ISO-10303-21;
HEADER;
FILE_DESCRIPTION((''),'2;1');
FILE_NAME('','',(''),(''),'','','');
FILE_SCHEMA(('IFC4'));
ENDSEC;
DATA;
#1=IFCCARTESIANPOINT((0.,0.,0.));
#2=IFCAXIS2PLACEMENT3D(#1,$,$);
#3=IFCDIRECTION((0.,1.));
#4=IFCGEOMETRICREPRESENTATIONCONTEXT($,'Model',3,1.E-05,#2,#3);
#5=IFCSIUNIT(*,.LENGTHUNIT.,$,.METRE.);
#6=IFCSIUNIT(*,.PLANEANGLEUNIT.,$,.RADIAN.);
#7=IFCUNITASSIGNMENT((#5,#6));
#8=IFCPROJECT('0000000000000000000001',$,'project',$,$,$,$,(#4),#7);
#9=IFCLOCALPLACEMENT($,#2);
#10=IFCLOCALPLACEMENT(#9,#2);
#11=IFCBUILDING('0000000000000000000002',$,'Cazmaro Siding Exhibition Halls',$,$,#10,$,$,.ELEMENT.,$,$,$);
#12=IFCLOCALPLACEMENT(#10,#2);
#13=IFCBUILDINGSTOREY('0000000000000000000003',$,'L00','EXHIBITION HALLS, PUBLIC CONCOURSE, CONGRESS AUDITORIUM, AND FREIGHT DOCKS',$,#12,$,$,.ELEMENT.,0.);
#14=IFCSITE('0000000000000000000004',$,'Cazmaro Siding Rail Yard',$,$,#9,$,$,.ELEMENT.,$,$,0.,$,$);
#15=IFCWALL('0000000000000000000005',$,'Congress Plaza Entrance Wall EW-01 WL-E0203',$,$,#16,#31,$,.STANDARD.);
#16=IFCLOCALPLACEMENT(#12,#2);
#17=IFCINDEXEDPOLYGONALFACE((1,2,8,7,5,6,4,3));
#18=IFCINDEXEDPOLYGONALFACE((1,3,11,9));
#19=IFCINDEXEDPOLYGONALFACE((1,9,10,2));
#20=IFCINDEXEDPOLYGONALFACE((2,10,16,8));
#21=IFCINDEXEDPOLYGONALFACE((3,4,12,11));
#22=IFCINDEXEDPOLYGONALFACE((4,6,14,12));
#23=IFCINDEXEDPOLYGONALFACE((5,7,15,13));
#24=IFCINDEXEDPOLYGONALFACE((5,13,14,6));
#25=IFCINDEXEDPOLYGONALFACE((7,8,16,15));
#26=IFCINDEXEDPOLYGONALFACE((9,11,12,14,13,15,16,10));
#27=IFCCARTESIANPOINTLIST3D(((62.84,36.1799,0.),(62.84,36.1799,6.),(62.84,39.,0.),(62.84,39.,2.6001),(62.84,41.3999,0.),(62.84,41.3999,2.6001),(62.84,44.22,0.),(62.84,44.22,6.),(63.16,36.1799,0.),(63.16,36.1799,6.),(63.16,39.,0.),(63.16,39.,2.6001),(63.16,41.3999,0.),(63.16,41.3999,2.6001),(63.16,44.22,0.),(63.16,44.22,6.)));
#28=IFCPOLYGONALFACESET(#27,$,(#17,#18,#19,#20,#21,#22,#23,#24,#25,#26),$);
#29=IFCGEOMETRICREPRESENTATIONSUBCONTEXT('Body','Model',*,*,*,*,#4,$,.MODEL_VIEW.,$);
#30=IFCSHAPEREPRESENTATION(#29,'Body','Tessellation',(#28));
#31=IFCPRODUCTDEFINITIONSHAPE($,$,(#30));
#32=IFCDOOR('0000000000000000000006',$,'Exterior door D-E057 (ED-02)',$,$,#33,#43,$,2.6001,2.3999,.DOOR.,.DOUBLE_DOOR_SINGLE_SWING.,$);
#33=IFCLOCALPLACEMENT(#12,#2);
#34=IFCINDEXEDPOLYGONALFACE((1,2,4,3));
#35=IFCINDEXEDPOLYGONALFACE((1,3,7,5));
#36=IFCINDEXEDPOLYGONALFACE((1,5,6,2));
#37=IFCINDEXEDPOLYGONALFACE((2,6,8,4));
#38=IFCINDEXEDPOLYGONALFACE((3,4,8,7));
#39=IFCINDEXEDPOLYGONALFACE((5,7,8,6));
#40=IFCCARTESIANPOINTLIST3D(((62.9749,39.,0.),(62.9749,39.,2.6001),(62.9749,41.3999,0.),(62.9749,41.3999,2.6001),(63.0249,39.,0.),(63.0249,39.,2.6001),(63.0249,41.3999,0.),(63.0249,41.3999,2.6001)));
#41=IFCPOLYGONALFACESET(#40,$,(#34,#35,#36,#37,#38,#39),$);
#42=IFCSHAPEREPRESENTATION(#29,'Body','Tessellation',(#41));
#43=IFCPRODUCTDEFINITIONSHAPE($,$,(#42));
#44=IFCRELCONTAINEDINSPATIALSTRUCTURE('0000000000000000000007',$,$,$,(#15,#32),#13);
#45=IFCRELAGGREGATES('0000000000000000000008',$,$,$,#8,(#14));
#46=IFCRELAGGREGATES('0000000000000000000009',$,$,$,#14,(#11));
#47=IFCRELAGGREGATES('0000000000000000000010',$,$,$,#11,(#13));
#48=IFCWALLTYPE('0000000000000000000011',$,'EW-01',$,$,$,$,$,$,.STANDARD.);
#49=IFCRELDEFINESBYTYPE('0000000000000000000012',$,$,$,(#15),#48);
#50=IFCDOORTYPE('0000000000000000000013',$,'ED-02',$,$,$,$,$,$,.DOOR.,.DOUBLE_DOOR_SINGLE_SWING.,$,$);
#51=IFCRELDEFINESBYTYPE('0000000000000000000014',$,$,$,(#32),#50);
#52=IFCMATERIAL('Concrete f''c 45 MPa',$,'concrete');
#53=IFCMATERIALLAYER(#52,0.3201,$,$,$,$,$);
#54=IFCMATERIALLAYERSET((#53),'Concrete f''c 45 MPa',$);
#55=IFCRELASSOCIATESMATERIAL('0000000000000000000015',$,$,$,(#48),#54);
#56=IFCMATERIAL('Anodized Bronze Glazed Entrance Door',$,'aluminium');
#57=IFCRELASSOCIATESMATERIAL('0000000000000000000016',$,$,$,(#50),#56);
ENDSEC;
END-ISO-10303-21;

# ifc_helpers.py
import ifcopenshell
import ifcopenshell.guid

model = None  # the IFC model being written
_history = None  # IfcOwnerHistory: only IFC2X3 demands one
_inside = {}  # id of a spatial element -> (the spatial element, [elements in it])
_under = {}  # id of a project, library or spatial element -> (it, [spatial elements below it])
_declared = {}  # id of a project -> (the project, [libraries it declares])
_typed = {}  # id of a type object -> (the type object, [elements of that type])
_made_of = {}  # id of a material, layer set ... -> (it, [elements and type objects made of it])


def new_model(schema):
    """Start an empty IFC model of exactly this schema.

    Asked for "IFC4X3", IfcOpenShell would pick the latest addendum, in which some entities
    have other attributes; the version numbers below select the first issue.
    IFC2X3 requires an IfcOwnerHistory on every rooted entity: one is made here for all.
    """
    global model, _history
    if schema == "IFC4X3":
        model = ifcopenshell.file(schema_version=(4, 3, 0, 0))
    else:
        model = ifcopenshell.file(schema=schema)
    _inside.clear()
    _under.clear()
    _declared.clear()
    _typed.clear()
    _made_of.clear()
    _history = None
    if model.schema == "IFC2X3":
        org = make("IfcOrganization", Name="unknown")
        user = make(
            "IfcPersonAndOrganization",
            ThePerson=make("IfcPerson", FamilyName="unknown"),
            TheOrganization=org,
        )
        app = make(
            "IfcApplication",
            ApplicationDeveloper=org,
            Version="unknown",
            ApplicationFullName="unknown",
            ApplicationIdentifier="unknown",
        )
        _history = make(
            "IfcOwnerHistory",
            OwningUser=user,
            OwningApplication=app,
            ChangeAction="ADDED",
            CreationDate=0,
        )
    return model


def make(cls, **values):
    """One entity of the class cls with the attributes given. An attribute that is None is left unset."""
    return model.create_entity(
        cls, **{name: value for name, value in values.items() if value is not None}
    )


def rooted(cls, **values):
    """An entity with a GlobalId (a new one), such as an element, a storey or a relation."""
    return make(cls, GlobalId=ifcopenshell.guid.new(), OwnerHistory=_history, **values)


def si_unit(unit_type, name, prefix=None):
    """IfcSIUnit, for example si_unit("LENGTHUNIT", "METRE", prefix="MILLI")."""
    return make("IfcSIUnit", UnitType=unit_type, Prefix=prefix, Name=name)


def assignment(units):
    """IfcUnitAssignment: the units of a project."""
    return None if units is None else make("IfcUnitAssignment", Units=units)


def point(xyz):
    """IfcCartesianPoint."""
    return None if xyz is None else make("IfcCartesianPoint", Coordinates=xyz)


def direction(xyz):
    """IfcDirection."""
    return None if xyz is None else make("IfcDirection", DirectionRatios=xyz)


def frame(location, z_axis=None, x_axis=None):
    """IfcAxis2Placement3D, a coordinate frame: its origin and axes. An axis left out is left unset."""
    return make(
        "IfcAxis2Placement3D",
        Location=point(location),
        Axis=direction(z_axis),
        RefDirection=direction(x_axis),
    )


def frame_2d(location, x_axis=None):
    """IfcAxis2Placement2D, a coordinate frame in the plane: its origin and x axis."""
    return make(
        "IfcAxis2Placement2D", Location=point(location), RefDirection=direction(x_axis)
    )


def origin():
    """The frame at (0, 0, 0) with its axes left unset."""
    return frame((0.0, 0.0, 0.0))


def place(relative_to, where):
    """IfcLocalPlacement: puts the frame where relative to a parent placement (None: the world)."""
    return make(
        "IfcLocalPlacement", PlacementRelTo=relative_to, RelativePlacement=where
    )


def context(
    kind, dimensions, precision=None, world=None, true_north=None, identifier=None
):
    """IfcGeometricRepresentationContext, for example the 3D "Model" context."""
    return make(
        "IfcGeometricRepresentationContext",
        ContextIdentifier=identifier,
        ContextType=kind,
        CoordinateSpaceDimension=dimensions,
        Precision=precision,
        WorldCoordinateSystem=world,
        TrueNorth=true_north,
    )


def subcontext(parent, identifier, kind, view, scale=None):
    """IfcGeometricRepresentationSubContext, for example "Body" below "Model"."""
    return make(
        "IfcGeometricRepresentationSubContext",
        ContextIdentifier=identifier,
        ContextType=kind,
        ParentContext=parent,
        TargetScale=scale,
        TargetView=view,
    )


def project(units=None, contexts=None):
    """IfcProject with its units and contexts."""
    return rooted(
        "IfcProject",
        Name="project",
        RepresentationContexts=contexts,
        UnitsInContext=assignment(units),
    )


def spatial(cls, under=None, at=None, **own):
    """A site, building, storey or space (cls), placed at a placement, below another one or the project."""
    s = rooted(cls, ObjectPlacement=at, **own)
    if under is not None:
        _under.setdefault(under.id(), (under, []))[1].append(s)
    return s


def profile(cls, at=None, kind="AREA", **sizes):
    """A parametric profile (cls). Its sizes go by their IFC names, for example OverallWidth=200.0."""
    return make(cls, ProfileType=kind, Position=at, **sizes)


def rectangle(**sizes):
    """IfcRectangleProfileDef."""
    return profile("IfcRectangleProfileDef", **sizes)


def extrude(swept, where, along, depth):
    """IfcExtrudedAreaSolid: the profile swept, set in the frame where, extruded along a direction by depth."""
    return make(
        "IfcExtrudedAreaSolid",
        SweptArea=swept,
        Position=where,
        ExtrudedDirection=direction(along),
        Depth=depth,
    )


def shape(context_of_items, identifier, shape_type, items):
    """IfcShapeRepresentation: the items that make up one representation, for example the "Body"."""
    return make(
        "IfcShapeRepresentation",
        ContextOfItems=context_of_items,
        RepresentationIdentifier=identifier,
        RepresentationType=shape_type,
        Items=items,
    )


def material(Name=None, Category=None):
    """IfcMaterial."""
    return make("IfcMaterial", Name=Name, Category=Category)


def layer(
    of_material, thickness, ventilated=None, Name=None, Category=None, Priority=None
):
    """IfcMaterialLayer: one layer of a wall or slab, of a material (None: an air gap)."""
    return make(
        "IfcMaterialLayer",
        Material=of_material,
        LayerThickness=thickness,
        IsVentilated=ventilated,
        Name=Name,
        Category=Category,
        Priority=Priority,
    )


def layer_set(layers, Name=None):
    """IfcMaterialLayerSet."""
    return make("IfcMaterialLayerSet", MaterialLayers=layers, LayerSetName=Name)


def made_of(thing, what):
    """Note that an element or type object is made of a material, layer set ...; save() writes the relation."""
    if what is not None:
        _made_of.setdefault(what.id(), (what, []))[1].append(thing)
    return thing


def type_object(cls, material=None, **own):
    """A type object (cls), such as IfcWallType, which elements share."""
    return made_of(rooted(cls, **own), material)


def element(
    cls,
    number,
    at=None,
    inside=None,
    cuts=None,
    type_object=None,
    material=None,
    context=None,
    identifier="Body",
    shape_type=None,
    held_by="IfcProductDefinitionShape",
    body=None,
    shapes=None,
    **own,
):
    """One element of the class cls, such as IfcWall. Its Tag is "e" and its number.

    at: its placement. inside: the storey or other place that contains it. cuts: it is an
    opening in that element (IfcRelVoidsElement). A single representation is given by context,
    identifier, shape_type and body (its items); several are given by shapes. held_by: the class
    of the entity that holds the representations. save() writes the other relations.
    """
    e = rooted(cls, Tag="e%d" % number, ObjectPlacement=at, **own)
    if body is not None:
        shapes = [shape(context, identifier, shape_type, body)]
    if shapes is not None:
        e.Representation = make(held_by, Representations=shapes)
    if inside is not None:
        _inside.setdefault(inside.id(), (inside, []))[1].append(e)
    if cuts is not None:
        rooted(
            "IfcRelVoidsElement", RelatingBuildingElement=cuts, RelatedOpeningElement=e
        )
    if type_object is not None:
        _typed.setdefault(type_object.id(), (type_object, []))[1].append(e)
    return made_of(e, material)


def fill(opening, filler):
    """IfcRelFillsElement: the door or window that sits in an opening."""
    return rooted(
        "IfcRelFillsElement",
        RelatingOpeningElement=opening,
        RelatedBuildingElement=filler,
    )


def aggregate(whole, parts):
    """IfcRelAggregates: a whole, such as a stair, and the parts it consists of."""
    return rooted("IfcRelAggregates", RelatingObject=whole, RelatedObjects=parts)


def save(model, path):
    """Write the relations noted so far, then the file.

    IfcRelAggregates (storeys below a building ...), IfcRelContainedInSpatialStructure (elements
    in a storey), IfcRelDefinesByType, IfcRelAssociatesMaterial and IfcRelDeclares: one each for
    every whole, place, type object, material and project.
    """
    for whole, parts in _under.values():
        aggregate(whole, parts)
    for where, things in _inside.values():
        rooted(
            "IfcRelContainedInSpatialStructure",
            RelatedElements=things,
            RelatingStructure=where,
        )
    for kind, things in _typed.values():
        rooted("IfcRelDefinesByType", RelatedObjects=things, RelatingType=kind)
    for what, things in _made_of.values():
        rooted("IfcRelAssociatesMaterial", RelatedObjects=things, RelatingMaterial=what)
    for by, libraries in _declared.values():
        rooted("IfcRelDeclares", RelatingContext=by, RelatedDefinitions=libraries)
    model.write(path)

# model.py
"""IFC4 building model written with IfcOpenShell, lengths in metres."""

from ifc_helpers import new_model, si_unit, direction, frame, frame_2d, origin, place, context, subcontext, project, spatial, rectangle, extrude, material, layer, layer_set, type_object, element, fill, save


model = new_model("IFC4")

# Units and contexts
model_context = context("Model", 3, precision=1e-05, world=origin(), true_north=direction((0.0, 1.0)))
body_context = subcontext(model_context, "Body", "Model", "MODEL_VIEW")
ifc_project = project(units=[si_unit("LENGTHUNIT", "METRE"), si_unit("PLANEANGLEUNIT", "RADIAN")], contexts=[model_context])

# Site, building, storey
site_placement = place(None, origin())
site = spatial("IfcSite", under=ifc_project, at=site_placement, Name="Cazmaro Siding Rail Yard", CompositionType="ELEMENT", RefElevation=0.0)
building_placement = place(site_placement, origin())
building = spatial("IfcBuilding", under=site, at=building_placement, Name="Cazmaro Siding Exhibition Halls", CompositionType="ELEMENT")
storey_placement = place(building_placement, origin())
storey = spatial("IfcBuildingStorey", under=building, at=storey_placement, Name="L00", Description="EXHIBITION HALLS, PUBLIC CONCOURSE, CONGRESS AUDITORIUM, AND FREIGHT DOCKS", CompositionType="ELEMENT", Elevation=0.0)

# Wall, opening, door
ifc_material_1 = material(Name="Concrete f'c 45 MPa", Category="concrete")
ifc_layer_1 = layer(ifc_material_1, 0.3201)
ifc_layer_set_1 = layer_set([ifc_layer_1], Name="Concrete f'c 45 MPa")
wall_type = type_object("IfcWallType", Name="EW-01", PredefinedType="STANDARD", material=ifc_layer_set_1)
ifc_material_2 = material(Name="Anodized Bronze Glazed Entrance Door", Category="aluminium")
door_type = type_object("IfcDoorType", Name="ED-02", OperationType="DOUBLE_DOOR_SINGLE_SWING", PredefinedType="DOOR", material=ifc_material_2)
wall_1_placement = place(storey_placement, frame((63.0, 44.22, 0.0), z_axis=(0.0, 0.0, 1.0), x_axis=(0.0, -1.0, 0.0)))
wall_1 = element("IfcWall", 1, at=wall_1_placement, inside=storey, type_object=wall_type, Name="Congress Plaza Entrance Wall EW-01 WL-E0203", PredefinedType="STANDARD", context=body_context, shape_type="SweptSolid", body=[
    extrude(rectangle(XDim=8.04, YDim=0.3201, at=frame_2d((4.02, 0.0))), origin(), (0.0, 0.0, 1.0), 6.0),
])
opening_1_placement = place(wall_1_placement, frame((2.8201, 0.0, 0.0)))
opening_1 = element("IfcOpeningElement", 2, at=opening_1_placement, cuts=wall_1, PredefinedType="OPENING", context=body_context, shape_type="SweptSolid", body=[
    extrude(rectangle(XDim=2.3999, YDim=2.6001, at=frame_2d((1.2, 1.3))), frame((0.0, 0.1699, 0.0), z_axis=(0.0, -1.0, 0.0), x_axis=(1.0, 0.0, 0.0)), (0.0, 0.0, 1.0), 0.3401),
])
door_1_placement = place(opening_1_placement, origin())
door_1 = element("IfcDoor", 3, at=door_1_placement, inside=storey, type_object=door_type, Name="Exterior door D-E057 (ED-02)", OperationType="DOUBLE_DOOR_SINGLE_SWING", OverallHeight=2.6001, OverallWidth=2.3999, PredefinedType="DOOR", context=body_context, shape_type="SweptSolid", body=[
    extrude(rectangle(XDim=2.3999, YDim=2.6001, at=frame_2d((1.2, 1.3))), frame((0.0, 0.0249, 0.0), z_axis=(0.0, -1.0, 0.0), x_axis=(1.0, 0.0, 0.0)), (0.0, 0.0, 1.0), 0.05),
])
fill(opening_1, door_1)

save(model, "model.ifc")
